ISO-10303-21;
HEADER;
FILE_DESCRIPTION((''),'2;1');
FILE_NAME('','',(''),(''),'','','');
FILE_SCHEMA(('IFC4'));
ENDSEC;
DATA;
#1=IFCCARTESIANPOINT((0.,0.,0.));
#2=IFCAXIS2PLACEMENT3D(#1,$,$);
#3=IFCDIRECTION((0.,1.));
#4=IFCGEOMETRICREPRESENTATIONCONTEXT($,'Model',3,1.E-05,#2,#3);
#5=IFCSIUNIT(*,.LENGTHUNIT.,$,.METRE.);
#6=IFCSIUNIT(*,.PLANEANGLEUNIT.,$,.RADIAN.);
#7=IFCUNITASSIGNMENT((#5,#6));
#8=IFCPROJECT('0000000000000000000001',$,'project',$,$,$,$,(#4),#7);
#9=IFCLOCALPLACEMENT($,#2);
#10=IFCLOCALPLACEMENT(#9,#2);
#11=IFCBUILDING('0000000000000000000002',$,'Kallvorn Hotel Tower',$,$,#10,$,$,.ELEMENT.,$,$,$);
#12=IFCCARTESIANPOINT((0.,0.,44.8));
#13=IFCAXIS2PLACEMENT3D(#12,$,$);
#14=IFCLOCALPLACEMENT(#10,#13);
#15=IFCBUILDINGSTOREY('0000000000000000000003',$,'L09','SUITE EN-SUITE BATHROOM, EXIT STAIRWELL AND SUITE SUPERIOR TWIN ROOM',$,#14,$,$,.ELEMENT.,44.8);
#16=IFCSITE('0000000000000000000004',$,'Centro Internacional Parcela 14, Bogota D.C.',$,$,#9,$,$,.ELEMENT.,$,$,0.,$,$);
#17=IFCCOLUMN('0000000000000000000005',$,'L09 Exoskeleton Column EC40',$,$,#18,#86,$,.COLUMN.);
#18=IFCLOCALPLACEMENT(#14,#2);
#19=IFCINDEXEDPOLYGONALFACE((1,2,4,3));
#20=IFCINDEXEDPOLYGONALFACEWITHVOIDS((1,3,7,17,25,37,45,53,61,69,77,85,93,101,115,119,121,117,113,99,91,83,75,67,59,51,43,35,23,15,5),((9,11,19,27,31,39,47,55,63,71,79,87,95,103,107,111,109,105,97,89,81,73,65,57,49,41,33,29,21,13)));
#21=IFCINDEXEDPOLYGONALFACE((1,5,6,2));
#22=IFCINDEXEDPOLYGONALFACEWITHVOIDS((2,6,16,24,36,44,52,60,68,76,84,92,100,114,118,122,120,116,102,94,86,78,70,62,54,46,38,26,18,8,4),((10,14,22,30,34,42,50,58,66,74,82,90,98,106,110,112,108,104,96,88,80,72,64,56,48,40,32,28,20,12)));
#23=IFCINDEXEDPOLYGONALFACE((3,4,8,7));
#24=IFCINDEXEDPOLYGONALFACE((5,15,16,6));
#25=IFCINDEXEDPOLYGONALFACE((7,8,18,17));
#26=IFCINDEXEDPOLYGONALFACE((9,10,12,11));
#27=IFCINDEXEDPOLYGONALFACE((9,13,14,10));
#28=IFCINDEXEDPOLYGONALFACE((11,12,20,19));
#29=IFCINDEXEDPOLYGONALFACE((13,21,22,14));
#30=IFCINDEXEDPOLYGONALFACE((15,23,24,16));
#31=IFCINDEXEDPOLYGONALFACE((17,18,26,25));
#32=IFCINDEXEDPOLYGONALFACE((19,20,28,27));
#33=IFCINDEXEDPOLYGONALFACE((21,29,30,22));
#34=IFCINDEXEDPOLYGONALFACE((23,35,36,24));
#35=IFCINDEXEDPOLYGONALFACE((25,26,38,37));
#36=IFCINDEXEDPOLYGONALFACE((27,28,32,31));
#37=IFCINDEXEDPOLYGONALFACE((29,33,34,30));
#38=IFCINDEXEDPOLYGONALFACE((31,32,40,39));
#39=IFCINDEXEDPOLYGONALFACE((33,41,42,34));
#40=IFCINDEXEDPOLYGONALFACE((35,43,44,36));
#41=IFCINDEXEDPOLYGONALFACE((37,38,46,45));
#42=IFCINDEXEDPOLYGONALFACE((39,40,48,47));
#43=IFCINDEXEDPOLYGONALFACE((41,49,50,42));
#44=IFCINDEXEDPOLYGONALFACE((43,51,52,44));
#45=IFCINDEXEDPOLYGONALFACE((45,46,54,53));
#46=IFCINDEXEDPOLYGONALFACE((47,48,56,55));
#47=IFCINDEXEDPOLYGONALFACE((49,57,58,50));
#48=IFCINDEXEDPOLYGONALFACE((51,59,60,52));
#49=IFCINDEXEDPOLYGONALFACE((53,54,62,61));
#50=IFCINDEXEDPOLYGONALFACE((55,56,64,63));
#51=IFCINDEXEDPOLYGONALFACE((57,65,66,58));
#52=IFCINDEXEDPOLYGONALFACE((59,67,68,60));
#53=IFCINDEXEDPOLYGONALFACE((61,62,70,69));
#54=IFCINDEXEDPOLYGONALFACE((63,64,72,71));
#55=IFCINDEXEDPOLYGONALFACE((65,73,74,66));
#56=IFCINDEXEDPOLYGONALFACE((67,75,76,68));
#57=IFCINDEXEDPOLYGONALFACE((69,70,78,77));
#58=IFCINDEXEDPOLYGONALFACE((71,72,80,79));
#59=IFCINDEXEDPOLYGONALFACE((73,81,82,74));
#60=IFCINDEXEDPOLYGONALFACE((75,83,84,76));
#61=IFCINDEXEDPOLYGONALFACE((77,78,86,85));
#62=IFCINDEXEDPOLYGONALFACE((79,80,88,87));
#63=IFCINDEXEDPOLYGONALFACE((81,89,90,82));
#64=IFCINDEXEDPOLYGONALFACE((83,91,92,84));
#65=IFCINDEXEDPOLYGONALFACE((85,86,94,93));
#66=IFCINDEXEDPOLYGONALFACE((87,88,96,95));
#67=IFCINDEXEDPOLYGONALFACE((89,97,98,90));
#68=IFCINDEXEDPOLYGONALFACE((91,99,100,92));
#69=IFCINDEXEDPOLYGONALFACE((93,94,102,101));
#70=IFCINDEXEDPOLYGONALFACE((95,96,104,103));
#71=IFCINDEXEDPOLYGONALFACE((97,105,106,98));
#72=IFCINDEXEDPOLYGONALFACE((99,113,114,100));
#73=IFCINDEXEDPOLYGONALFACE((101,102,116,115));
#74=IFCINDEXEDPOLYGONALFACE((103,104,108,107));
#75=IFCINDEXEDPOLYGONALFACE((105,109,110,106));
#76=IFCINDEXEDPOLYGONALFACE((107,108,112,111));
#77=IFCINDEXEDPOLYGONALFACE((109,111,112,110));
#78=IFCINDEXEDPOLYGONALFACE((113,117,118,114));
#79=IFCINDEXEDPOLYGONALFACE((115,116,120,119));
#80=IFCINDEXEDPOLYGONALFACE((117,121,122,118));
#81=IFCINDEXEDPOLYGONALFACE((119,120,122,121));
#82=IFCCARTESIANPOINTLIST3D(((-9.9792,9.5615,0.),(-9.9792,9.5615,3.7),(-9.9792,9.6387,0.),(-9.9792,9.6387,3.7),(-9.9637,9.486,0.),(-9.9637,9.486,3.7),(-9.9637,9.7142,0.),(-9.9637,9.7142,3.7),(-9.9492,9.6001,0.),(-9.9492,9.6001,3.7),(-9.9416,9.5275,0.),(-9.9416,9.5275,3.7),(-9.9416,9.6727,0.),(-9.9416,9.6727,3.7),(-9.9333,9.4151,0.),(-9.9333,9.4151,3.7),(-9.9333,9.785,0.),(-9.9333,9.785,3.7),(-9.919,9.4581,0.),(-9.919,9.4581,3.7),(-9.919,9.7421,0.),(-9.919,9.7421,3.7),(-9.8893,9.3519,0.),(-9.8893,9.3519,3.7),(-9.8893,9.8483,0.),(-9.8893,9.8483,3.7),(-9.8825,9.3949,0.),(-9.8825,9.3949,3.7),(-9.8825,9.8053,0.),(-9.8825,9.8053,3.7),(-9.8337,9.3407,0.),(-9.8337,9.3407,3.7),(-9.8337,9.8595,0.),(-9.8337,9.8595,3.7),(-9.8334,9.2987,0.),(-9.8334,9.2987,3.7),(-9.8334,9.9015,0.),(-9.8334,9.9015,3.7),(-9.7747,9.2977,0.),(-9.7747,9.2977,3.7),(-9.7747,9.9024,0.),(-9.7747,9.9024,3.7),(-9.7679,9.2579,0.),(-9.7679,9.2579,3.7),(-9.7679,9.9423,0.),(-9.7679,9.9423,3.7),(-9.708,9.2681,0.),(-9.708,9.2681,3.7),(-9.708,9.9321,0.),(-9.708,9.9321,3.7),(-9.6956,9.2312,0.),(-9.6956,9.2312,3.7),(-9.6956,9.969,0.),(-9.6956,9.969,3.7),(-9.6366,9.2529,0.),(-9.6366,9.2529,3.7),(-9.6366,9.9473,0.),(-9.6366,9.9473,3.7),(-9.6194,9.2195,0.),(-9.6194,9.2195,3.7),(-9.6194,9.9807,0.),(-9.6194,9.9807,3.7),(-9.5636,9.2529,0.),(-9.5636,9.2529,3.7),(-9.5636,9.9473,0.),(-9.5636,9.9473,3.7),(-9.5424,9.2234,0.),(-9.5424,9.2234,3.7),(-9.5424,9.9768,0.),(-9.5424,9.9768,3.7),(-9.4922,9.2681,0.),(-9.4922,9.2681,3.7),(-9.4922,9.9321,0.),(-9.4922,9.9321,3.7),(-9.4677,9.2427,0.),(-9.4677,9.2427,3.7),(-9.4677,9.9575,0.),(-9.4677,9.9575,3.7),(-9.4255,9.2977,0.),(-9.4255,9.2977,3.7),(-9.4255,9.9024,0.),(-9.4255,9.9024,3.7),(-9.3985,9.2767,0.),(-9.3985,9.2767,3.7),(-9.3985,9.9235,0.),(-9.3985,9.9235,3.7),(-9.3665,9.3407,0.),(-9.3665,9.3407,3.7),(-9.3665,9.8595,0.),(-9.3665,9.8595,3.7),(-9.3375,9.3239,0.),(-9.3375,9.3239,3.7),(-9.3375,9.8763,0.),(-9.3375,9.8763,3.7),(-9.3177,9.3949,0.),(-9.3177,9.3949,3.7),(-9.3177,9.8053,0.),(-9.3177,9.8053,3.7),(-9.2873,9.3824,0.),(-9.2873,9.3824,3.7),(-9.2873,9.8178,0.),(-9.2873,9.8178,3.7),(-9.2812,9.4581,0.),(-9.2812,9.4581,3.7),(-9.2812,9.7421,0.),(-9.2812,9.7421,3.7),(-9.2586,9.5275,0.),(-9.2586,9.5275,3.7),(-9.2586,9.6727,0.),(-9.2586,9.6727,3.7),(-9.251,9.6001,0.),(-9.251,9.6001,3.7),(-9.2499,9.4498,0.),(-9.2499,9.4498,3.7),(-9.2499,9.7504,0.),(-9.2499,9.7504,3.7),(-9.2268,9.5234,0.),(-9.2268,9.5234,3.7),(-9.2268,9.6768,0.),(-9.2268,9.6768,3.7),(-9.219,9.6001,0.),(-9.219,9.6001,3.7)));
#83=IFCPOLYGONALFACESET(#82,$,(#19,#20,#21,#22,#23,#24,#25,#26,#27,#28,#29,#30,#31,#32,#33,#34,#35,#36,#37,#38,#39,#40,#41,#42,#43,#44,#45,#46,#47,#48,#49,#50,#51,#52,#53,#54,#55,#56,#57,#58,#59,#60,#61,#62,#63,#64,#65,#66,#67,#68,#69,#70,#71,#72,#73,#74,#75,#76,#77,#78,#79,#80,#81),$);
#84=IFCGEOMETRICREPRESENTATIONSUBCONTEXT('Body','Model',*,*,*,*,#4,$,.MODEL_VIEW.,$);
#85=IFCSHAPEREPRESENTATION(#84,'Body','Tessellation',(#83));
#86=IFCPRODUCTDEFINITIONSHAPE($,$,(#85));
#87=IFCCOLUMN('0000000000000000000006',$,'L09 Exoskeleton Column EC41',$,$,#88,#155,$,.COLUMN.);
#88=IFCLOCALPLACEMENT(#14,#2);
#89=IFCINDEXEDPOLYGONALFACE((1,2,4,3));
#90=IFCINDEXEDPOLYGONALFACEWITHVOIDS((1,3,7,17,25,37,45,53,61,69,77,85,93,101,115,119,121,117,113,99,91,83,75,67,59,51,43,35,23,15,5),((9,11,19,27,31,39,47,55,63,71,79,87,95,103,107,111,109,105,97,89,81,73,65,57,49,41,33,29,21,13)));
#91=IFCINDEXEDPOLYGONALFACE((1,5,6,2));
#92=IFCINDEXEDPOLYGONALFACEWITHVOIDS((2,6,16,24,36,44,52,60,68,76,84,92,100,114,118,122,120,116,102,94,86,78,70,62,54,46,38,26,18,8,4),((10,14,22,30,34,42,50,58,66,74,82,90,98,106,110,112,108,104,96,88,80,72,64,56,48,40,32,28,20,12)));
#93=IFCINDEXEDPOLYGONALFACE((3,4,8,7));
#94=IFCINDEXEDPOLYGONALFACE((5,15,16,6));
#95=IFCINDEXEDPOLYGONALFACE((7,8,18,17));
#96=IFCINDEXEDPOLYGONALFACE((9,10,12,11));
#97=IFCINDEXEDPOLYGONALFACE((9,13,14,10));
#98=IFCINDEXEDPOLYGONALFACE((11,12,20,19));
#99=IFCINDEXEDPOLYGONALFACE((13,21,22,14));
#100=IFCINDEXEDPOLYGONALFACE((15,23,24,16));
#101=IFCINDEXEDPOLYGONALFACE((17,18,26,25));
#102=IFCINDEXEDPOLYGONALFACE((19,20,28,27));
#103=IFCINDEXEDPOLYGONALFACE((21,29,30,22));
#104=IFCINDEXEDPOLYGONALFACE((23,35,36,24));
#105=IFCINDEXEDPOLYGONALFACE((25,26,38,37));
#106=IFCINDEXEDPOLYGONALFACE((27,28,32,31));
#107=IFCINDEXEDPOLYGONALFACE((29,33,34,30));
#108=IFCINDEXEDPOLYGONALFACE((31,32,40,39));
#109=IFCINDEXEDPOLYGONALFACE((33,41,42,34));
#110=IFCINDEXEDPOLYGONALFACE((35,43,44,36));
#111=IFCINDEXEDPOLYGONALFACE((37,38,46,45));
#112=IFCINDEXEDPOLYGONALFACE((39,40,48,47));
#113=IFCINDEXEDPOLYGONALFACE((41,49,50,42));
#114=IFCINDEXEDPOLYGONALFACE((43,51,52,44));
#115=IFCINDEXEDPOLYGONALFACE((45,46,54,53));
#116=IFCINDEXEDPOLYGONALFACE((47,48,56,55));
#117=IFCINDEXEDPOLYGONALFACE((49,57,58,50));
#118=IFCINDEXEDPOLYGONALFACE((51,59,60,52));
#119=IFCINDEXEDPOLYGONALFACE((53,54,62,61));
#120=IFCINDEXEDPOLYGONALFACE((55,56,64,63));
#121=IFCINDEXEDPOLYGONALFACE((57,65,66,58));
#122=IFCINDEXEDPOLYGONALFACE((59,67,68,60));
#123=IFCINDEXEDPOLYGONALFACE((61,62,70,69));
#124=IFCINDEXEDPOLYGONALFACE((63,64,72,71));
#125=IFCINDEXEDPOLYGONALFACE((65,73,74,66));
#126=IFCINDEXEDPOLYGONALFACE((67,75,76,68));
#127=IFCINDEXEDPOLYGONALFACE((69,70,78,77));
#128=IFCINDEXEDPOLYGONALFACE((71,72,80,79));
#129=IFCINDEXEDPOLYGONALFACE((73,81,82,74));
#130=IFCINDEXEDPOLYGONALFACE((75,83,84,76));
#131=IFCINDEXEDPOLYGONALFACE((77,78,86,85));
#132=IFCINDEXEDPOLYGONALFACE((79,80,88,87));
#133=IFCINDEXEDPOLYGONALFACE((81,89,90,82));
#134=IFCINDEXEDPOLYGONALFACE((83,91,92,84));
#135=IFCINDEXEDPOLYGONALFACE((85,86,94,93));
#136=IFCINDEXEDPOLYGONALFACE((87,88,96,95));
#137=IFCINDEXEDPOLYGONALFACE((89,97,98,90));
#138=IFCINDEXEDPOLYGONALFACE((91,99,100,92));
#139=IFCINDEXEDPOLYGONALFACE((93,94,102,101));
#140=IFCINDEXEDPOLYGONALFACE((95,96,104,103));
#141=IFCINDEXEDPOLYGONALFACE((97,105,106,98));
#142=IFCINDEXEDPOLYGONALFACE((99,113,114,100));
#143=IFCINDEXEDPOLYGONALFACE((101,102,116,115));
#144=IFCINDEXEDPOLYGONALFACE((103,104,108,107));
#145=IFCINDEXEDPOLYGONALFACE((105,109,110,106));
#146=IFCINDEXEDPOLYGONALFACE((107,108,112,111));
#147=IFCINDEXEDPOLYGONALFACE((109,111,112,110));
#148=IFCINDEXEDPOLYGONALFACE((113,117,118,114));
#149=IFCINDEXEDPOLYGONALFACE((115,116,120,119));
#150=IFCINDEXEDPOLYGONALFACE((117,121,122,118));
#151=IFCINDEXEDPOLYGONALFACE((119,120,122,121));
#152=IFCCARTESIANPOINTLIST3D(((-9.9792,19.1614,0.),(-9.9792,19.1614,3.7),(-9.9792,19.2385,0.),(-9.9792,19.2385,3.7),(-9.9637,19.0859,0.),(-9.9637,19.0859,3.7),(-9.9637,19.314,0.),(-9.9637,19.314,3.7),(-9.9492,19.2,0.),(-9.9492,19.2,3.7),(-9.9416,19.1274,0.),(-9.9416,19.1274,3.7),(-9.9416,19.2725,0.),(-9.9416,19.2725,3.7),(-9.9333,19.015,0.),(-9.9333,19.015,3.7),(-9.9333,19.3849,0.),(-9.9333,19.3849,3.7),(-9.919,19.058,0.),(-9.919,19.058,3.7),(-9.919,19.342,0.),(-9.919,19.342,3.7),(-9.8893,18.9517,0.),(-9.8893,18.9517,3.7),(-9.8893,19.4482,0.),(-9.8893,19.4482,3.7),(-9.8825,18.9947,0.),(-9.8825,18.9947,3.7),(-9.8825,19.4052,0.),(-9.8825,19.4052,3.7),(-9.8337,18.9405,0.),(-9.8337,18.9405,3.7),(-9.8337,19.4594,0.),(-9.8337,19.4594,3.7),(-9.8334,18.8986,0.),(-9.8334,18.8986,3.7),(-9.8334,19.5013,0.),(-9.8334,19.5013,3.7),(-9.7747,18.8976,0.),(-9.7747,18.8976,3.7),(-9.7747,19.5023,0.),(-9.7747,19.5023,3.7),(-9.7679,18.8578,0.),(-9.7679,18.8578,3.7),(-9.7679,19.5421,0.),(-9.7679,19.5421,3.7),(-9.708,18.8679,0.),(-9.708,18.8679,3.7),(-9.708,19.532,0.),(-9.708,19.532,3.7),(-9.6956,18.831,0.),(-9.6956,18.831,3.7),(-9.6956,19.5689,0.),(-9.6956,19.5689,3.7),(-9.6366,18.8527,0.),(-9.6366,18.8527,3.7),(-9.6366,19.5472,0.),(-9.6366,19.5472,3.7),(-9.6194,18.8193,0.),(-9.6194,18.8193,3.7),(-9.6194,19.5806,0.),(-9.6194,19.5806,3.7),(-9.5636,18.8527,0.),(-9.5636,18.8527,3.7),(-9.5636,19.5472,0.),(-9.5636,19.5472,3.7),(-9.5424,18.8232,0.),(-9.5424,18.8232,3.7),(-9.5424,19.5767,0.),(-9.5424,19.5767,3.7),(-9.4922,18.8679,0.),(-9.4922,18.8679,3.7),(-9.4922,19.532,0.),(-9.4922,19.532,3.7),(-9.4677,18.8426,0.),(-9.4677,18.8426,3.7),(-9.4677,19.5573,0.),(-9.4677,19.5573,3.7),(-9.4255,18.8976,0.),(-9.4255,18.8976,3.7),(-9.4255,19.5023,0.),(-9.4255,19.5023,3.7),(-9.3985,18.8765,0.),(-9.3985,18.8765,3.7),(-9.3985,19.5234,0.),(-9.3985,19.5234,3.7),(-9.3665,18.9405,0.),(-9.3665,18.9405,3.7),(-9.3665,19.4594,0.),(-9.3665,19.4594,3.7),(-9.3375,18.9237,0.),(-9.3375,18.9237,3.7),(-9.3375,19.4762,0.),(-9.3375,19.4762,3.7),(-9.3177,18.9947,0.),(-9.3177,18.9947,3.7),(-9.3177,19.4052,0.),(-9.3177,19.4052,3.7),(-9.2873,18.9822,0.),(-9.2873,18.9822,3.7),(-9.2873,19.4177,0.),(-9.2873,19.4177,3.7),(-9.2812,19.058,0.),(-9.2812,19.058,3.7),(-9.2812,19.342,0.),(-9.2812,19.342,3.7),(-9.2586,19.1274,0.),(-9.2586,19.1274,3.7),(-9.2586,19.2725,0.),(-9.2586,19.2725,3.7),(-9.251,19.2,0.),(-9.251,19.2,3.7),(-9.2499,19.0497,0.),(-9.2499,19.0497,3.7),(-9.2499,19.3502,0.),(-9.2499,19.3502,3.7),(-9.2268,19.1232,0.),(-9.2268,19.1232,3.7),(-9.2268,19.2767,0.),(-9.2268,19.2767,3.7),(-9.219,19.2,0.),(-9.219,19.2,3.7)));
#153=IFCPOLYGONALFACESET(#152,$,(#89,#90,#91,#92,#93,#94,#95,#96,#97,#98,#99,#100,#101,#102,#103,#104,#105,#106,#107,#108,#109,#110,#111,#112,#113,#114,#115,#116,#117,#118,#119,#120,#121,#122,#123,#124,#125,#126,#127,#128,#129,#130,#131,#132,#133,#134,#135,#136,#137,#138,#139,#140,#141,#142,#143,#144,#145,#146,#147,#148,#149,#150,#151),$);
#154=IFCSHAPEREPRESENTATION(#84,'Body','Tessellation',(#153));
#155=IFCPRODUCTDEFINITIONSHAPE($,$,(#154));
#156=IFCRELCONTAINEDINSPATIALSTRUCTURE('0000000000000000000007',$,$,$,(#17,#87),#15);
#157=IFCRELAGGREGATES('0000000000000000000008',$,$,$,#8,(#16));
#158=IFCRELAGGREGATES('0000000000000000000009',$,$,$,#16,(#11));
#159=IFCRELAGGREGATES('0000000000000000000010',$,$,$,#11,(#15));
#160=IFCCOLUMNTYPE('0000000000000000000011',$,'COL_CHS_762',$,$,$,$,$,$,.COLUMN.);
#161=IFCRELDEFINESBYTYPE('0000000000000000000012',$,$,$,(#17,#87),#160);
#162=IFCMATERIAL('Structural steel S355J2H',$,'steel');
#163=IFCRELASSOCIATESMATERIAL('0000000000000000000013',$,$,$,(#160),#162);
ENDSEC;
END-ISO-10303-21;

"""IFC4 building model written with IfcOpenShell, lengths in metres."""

from ifc_helpers import new_model, si_unit, direction, frame, origin, origin_2d, place, context, subcontext, project, spatial, hollow_circle, extrude, material, material_profile, profile_set, type_object, element, save


model = new_model("IFC4")

# Units and contexts
model_context = context("Model", 3, precision=1e-05, world=origin(), true_north=direction((0.0, 1.0)))
body_context = subcontext(model_context, "Body", "Model", "MODEL_VIEW")
ifc_project = project(units=[si_unit("LENGTHUNIT", "METRE"), si_unit("PLANEANGLEUNIT", "RADIAN")], contexts=[model_context])

# Site, building, storey
site_placement = place(None, origin())
site = spatial("IfcSite", under=ifc_project, at=site_placement, Name="Centro Internacional Parcela 14, Bogota D.C.", CompositionType="ELEMENT", RefElevation=0.0)
building_placement = place(site_placement, origin())
building = spatial("IfcBuilding", under=site, at=building_placement, Name="Kallvorn Hotel Tower", CompositionType="ELEMENT")
storey_placement = place(building_placement, frame((0.0, 0.0, 44.8)))
storey = spatial("IfcBuildingStorey", under=building, at=storey_placement, Name="L09", Description="SUITE EN-SUITE BATHROOM, EXIT STAIRWELL AND SUITE SUPERIOR TWIN ROOM", CompositionType="ELEMENT", Elevation=44.8)

# Columns
ifc_material_1 = material(Name="Structural steel S355J2H", Category="steel")
ifc_material_profile_1 = material_profile(ifc_material_1, hollow_circle(Radius=0.3811, WallThickness=0.032, at=origin_2d()), Name="CHS 762x32")
ifc_profile_set_1 = profile_set([ifc_material_profile_1], Name="Structural steel S355J2H")
column_type_1 = type_object("IfcColumnType", Name="COL_CHS_762", PredefinedType="COLUMN", material=ifc_profile_set_1)
for number, where, z_axis, x_axis, name in (
    (1, (-9.6001, 9.6001, 0.0), (0.0, 0.0, 1.0), (1.0, 0.0, 0.0), "L09 Exoskeleton Column EC40"),
    (2, (-9.6001, 19.2, 0.0), (0.0, 0.0, 1.0), (1.0, 0.0, 0.0), "L09 Exoskeleton Column EC41"),
):
    element("IfcColumn", number, at=place(storey_placement, frame(where, z_axis=z_axis, x_axis=x_axis)), inside=storey, type_object=column_type_1, Name=name, PredefinedType="COLUMN", context=body_context, shape_type="SweptSolid", body=[
        extrude(hollow_circle(Radius=0.3811, WallThickness=0.032, at=origin_2d()), origin(), (0.0, 0.0, 1.0), 3.7),
    ])

save(model, "model.ifc")
